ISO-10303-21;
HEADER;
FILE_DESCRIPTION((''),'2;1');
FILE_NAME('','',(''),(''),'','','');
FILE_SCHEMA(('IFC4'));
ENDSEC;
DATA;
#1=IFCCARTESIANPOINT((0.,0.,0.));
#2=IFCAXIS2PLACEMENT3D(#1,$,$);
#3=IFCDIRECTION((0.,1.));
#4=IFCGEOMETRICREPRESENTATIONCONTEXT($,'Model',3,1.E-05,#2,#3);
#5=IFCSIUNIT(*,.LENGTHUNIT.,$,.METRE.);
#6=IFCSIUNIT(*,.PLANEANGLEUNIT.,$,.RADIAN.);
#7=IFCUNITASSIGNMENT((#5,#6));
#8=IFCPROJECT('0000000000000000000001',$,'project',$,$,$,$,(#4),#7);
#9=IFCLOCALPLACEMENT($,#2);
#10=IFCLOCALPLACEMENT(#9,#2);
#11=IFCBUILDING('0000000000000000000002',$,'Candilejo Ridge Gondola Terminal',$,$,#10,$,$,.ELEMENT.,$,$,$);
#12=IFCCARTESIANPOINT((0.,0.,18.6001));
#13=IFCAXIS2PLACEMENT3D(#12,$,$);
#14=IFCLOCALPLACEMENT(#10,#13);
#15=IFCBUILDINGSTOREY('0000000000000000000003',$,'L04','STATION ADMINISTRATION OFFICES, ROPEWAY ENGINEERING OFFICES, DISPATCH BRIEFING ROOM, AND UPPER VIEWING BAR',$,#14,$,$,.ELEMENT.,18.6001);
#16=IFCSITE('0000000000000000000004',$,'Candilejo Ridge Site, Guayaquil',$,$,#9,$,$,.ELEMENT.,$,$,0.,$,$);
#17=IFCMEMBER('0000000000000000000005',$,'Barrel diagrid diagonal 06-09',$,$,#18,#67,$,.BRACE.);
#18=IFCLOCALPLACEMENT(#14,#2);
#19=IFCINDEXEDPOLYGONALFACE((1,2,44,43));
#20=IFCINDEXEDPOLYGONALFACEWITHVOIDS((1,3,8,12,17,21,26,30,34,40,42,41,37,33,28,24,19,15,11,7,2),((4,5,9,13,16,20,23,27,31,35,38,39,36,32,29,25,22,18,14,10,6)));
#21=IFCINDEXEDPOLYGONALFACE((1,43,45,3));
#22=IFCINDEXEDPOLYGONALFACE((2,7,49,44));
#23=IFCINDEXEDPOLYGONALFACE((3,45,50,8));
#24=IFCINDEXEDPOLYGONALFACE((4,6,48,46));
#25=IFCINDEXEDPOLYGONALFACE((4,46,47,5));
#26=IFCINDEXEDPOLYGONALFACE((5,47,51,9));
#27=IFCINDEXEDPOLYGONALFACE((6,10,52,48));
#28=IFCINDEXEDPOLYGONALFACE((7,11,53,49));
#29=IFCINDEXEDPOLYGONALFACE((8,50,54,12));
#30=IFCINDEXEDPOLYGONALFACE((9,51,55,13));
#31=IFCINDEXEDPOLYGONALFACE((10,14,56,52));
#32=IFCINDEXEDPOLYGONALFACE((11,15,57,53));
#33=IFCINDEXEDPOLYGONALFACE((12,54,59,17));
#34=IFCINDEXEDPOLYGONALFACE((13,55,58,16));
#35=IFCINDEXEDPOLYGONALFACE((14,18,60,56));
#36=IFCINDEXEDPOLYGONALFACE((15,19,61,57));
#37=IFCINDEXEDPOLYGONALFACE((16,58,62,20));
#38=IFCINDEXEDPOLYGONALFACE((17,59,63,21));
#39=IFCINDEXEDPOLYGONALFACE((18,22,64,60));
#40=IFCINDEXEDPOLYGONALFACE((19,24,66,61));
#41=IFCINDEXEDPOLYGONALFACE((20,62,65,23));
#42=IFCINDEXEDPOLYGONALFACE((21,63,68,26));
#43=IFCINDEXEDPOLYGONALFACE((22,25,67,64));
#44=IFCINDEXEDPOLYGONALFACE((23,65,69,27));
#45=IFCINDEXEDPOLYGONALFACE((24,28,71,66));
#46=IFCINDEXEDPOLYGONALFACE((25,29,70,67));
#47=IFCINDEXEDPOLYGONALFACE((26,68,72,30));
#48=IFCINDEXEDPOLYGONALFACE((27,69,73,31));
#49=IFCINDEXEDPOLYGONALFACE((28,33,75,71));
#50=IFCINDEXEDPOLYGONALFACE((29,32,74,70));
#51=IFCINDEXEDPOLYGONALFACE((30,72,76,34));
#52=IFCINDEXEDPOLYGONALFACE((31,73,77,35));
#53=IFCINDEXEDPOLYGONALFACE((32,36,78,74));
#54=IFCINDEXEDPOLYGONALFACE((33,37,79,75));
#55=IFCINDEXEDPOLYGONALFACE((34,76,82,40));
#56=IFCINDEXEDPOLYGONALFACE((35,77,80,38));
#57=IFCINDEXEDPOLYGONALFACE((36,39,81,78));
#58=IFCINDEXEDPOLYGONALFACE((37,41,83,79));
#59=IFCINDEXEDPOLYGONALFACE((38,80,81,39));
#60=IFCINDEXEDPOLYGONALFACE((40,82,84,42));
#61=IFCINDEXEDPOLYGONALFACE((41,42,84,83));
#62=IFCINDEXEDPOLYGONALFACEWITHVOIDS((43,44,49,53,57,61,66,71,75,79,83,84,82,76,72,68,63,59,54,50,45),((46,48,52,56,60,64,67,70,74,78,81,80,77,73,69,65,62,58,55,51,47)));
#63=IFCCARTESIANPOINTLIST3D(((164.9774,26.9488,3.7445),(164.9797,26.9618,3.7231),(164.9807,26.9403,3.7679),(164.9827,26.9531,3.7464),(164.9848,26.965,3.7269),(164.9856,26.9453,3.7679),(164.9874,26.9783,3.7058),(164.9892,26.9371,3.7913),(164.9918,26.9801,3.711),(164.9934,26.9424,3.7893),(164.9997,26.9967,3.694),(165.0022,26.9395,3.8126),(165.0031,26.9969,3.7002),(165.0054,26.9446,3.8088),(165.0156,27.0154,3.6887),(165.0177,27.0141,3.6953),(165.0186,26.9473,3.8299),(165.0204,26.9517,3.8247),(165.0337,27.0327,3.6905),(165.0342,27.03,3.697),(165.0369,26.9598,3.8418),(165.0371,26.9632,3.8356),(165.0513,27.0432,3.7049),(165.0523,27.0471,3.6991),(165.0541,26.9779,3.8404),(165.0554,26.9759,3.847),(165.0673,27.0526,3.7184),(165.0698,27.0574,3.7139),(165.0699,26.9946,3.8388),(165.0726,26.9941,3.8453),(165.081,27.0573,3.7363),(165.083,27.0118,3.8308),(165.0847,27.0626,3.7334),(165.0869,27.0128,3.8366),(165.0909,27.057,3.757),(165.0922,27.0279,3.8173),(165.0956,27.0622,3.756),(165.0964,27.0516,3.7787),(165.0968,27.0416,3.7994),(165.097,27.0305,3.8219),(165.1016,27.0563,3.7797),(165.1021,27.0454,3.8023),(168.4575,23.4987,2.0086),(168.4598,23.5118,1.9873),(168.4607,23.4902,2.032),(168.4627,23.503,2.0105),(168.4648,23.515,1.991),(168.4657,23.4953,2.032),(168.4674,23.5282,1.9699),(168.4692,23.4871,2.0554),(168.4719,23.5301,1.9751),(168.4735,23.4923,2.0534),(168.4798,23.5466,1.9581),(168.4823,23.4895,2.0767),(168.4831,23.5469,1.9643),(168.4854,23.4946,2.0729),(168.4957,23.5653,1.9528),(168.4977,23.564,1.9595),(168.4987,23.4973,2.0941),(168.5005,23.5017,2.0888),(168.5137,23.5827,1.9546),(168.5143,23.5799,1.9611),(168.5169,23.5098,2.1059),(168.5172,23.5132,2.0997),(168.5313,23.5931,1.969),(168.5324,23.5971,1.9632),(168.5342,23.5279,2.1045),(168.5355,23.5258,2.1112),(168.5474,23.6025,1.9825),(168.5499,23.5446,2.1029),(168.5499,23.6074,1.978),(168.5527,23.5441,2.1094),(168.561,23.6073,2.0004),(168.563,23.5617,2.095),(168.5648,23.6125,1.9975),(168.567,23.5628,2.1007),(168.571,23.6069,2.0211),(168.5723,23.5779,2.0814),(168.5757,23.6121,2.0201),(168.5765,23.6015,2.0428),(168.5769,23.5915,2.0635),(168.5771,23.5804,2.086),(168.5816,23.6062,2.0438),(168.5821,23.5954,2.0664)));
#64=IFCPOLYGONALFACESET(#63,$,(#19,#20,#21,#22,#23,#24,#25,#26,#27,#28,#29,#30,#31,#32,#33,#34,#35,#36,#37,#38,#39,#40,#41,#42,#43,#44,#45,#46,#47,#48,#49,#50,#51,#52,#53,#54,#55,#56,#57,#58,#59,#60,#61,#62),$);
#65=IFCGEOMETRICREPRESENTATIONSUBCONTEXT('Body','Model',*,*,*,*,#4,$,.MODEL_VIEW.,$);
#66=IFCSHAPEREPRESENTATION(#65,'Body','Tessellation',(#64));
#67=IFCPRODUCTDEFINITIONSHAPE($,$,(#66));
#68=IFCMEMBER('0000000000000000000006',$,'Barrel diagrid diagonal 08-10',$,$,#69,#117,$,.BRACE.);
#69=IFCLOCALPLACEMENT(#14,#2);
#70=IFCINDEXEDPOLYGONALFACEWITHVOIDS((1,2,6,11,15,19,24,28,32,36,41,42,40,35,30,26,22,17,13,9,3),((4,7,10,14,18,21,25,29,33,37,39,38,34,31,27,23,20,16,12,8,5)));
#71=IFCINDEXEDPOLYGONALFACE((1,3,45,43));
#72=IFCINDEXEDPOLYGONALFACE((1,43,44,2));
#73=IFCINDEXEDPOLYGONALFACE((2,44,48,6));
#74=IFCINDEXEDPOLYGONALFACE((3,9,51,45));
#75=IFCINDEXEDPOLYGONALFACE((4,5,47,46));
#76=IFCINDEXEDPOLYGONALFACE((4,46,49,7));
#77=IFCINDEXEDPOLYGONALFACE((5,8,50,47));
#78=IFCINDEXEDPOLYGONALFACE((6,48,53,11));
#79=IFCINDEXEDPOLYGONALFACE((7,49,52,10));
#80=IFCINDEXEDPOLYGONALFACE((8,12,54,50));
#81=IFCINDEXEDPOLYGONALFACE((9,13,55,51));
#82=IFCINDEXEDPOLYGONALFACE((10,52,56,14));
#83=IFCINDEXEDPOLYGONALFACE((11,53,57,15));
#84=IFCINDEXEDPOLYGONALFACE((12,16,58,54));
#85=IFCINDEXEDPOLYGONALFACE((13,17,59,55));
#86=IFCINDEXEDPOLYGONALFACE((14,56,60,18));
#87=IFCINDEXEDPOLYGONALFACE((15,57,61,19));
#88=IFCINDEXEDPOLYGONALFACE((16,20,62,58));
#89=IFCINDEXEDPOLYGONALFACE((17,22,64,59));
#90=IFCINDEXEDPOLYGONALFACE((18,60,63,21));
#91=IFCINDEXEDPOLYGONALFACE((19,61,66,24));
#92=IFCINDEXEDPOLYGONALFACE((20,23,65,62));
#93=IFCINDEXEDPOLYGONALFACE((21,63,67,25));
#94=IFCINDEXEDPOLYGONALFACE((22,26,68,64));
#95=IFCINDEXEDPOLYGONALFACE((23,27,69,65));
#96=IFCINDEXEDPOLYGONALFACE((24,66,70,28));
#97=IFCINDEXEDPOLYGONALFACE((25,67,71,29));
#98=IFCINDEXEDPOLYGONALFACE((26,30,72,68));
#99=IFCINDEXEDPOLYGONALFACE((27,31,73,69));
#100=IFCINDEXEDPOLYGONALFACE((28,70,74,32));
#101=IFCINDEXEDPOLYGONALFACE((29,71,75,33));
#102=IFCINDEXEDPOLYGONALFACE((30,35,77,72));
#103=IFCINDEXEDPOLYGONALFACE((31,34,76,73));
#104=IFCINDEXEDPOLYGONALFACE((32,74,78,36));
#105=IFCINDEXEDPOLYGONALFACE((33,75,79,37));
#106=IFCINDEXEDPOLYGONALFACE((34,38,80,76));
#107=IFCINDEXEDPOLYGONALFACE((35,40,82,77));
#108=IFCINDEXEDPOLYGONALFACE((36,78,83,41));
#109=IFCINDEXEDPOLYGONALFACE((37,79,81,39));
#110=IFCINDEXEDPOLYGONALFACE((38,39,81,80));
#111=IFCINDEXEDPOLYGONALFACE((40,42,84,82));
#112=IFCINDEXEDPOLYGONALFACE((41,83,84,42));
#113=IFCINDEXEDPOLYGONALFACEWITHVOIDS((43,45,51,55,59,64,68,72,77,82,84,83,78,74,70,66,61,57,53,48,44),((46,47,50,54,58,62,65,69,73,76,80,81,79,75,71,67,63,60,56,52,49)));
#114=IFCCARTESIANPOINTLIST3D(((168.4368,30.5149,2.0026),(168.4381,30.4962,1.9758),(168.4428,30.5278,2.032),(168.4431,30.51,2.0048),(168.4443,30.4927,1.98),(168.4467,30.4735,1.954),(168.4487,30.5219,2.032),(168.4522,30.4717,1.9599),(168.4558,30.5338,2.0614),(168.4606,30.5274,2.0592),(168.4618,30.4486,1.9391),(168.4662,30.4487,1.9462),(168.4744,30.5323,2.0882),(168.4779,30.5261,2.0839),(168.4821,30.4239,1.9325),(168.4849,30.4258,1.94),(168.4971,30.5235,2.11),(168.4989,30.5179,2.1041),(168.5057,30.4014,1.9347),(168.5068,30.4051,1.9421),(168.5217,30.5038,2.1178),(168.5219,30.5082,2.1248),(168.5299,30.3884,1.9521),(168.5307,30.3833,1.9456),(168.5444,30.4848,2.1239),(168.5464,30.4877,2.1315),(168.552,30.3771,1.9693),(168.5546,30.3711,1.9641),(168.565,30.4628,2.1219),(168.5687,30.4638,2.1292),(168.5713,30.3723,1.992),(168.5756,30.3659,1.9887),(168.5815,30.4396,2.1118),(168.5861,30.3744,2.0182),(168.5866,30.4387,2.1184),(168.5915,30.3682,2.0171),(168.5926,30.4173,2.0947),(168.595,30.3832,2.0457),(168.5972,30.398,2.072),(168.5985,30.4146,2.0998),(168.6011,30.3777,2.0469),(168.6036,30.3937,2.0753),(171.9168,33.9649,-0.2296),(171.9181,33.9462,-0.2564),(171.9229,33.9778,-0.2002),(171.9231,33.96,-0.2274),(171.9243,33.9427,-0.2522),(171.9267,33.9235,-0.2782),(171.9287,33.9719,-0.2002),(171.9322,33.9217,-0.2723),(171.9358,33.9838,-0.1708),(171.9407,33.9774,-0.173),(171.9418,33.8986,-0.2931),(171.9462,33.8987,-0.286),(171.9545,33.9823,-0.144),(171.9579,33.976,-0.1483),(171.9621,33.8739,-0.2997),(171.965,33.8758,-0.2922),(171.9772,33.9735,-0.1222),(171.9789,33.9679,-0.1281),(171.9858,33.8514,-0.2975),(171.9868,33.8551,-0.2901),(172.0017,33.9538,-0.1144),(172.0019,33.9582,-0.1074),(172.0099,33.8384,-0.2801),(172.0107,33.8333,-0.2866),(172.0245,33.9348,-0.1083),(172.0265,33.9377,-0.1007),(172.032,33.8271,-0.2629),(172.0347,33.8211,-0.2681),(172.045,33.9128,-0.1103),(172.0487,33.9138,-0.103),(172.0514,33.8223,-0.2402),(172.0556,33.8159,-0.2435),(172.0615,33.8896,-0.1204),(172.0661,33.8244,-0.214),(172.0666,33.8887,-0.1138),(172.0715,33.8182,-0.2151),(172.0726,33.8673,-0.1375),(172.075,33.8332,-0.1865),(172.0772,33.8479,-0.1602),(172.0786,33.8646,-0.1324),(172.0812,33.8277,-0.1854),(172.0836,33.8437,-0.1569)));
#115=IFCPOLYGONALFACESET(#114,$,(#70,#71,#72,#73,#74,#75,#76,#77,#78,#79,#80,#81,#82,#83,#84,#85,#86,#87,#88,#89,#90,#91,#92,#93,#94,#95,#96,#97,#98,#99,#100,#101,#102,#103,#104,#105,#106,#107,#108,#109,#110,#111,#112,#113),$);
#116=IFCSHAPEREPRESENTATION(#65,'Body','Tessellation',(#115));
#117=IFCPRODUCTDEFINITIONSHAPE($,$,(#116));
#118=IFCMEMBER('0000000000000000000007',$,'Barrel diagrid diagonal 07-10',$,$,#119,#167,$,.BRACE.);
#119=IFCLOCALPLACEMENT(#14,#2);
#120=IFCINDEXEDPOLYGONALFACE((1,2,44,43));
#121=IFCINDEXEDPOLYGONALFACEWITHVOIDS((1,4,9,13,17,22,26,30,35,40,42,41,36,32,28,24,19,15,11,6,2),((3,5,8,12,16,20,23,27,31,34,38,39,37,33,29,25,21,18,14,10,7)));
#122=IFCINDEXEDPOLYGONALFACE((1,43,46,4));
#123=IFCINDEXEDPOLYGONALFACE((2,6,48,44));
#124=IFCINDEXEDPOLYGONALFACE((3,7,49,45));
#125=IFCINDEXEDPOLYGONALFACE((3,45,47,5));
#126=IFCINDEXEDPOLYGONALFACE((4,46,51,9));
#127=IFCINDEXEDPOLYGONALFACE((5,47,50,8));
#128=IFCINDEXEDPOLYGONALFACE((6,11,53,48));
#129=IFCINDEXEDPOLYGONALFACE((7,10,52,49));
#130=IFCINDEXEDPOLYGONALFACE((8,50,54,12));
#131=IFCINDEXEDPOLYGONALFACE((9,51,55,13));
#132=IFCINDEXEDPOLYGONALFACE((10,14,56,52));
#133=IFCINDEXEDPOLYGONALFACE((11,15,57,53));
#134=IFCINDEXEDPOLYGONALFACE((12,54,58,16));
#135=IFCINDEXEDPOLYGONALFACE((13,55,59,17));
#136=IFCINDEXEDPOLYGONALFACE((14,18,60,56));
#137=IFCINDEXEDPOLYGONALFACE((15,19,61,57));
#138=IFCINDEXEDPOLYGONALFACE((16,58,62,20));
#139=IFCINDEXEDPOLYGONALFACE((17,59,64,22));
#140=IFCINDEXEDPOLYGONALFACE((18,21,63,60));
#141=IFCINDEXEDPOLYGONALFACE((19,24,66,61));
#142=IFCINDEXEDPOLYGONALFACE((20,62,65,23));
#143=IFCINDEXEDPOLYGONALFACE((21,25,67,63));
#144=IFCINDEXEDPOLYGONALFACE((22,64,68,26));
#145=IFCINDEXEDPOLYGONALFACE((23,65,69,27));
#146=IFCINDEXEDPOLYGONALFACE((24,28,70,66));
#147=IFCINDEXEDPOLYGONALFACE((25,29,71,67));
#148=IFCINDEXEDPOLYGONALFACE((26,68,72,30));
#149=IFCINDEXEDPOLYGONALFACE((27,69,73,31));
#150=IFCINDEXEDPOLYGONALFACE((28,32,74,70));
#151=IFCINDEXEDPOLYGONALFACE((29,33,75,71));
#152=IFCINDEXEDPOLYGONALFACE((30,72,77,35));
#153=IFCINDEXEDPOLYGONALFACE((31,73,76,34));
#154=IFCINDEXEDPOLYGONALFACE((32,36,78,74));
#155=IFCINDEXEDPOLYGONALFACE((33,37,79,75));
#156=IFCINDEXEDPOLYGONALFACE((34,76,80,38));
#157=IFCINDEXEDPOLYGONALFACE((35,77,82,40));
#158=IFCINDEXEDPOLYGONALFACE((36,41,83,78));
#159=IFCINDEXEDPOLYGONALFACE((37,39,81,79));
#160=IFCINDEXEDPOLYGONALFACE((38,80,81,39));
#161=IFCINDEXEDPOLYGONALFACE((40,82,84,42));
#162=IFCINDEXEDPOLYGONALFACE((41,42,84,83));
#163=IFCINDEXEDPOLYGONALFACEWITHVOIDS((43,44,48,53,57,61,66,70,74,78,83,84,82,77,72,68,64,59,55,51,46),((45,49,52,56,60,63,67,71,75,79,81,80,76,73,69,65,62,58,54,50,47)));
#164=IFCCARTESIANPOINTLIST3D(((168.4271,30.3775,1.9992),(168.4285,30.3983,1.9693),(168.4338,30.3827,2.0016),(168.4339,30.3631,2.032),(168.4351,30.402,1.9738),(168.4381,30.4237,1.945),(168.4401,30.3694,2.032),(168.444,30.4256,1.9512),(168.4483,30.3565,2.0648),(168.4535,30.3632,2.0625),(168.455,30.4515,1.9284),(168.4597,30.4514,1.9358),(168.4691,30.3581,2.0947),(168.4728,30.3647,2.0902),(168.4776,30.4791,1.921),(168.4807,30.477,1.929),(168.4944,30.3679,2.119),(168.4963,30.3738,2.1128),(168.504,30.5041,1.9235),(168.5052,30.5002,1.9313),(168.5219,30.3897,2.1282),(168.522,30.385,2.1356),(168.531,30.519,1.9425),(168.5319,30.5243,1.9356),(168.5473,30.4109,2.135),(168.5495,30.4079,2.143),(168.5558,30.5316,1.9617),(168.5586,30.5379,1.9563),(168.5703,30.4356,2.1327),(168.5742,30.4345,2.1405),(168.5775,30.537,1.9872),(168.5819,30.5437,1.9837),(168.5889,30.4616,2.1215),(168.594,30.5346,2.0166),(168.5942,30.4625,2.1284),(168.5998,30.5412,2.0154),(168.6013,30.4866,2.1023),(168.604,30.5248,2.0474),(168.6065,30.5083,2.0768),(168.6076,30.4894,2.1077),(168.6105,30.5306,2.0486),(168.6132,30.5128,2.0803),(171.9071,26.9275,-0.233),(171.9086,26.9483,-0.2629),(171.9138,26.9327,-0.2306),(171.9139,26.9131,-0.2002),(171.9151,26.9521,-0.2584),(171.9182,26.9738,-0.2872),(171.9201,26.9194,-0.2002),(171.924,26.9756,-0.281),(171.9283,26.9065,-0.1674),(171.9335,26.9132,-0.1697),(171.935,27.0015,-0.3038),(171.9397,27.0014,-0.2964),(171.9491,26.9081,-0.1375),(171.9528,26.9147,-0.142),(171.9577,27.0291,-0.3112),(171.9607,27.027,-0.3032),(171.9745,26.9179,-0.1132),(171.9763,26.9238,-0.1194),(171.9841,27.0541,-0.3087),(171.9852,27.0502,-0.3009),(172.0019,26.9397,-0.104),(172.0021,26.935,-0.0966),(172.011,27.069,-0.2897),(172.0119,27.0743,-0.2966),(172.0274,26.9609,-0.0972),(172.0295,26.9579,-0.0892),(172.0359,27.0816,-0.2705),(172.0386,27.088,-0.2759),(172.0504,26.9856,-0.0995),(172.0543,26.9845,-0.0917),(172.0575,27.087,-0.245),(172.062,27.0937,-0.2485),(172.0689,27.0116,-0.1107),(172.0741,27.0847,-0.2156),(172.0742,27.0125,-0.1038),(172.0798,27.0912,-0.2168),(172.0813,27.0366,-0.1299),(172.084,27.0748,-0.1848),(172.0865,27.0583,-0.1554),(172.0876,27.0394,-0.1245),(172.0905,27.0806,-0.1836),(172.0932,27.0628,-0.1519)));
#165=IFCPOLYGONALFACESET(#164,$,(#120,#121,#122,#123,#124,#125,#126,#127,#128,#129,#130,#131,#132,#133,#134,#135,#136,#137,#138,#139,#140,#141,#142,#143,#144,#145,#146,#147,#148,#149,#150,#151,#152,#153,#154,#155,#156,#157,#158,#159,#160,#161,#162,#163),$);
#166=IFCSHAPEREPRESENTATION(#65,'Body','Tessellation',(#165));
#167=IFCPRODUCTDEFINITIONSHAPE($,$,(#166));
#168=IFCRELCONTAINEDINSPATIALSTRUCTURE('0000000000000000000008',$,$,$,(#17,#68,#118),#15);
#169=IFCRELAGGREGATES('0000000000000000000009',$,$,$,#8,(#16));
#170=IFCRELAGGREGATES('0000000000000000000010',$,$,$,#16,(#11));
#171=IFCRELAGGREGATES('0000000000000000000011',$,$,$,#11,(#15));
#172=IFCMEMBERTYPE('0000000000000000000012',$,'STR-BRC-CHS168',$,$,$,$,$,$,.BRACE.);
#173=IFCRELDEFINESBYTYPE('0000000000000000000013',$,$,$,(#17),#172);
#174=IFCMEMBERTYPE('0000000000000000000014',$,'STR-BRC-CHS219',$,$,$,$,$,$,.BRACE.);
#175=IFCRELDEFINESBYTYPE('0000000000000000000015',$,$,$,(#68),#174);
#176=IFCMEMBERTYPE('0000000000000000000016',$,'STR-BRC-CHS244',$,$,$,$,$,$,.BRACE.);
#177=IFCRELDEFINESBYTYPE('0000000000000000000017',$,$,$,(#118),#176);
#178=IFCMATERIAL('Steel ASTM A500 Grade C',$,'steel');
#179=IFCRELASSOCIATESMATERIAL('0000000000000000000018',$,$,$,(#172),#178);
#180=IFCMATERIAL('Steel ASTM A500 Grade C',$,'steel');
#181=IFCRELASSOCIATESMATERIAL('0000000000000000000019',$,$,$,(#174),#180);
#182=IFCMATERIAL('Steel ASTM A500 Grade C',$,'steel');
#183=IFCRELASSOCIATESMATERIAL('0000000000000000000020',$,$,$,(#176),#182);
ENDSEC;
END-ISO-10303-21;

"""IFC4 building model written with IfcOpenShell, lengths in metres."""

from ifc_helpers import new_model, si_unit, direction, frame, origin, origin_2d, place, context, subcontext, project, spatial, hollow_circle, extrude, material, material_profile, profile_set, type_object, element, save


model = new_model("IFC4")

# Units and contexts
model_context = context("Model", 3, precision=1e-05, world=origin(), true_north=direction((0.0, 1.0)))
body_context = subcontext(model_context, "Body", "Model", "MODEL_VIEW")
ifc_project = project(units=[si_unit("LENGTHUNIT", "METRE"), si_unit("PLANEANGLEUNIT", "RADIAN")], contexts=[model_context])

# Site, building, storey
site_placement = place(None, origin())
site = spatial("IfcSite", under=ifc_project, at=site_placement, Name="Candilejo Ridge Site, Guayaquil", CompositionType="ELEMENT", RefElevation=0.0)
building_placement = place(site_placement, origin())
building = spatial("IfcBuilding", under=site, at=building_placement, Name="Candilejo Ridge Gondola Terminal", CompositionType="ELEMENT")
storey_placement = place(building_placement, frame((0.0, 0.0, 18.6001)))
storey = spatial("IfcBuildingStorey", under=building, at=storey_placement, Name="L04", Description="STATION ADMINISTRATION OFFICES, ROPEWAY ENGINEERING OFFICES, DISPATCH BRIEFING ROOM, AND UPPER VIEWING BAR", CompositionType="ELEMENT", Elevation=18.6001)

# Members
ifc_material_1 = material(Name="Steel ASTM A500 Grade C", Category="steel")
ifc_material_profile_1 = material_profile(ifc_material_1, hollow_circle(Radius=0.0842, WallThickness=0.0071, at=origin_2d()))
ifc_profile_set_1 = profile_set([ifc_material_profile_1], Name="Steel ASTM A500 Grade C")
member_type_1 = type_object("IfcMemberType", Name="STR-BRC-CHS168", PredefinedType="BRACE", material=ifc_profile_set_1)
member_1_placement = place(storey_placement, frame((168.52, 23.55, 2.032), z_axis=(-0.669406, 0.663629, 0.333904), x_axis=(-0.704036, -0.710164, 0.0)))
element("IfcMember", 1, at=member_1_placement, inside=storey, type_object=member_type_1, Name="Barrel diagrid diagonal 06-09", PredefinedType="BRACE", context=body_context, shape_type="SweptSolid", body=[
    extrude(hollow_circle(Radius=0.0842, WallThickness=0.0071, at=origin_2d()), origin(), (0.0, 0.0, 1.0), 5.1987),
])
ifc_material_2 = material(Name="Steel ASTM A500 Grade C", Category="steel")
ifc_material_profile_2 = material_profile(ifc_material_2, hollow_circle(Radius=0.1096, WallThickness=0.0083, at=origin_2d()))
ifc_profile_set_2 = profile_set([ifc_material_profile_2], Name="Steel ASTM A500 Grade C")
member_type_2 = type_object("IfcMemberType", Name="STR-BRC-CHS219", PredefinedType="BRACE", material=ifc_profile_set_2)
member_2_placement = place(storey_placement, frame((168.52, 30.45, 2.032), z_axis=(0.646271, 0.640695, -0.41454), x_axis=(-0.704036, 0.710164, 0.0)))
element("IfcMember", 2, at=member_2_placement, inside=storey, type_object=member_type_2, Name="Barrel diagrid diagonal 08-10", PredefinedType="BRACE", context=body_context, shape_type="SweptSolid", body=[
    extrude(hollow_circle(Radius=0.1096, WallThickness=0.0083, at=origin_2d()), origin(), (0.0, 0.0, 1.0), 5.3848),
])
ifc_material_3 = material(Name="Steel ASTM A500 Grade C", Category="steel")
ifc_material_profile_3 = material_profile(ifc_material_3, hollow_circle(Radius=0.1223, WallThickness=0.0088, at=origin_2d()))
ifc_profile_set_3 = profile_set([ifc_material_profile_3], Name="Steel ASTM A500 Grade C")
member_type_3 = type_object("IfcMemberType", Name="STR-BRC-CHS244", PredefinedType="BRACE", material=ifc_profile_set_3)
member_3_placement = place(storey_placement, frame((172.0, 27.0, -0.2002), z_axis=(-0.646271, 0.640695, 0.41454), x_axis=(-0.704036, -0.710164, 0.0)))
element("IfcMember", 3, at=member_3_placement, inside=storey, type_object=member_type_3, Name="Barrel diagrid diagonal 07-10", PredefinedType="BRACE", context=body_context, shape_type="SweptSolid", body=[
    extrude(hollow_circle(Radius=0.1223, WallThickness=0.0088, at=origin_2d()), origin(), (0.0, 0.0, 1.0), 5.3848),
])

save(model, "model.ifc")
